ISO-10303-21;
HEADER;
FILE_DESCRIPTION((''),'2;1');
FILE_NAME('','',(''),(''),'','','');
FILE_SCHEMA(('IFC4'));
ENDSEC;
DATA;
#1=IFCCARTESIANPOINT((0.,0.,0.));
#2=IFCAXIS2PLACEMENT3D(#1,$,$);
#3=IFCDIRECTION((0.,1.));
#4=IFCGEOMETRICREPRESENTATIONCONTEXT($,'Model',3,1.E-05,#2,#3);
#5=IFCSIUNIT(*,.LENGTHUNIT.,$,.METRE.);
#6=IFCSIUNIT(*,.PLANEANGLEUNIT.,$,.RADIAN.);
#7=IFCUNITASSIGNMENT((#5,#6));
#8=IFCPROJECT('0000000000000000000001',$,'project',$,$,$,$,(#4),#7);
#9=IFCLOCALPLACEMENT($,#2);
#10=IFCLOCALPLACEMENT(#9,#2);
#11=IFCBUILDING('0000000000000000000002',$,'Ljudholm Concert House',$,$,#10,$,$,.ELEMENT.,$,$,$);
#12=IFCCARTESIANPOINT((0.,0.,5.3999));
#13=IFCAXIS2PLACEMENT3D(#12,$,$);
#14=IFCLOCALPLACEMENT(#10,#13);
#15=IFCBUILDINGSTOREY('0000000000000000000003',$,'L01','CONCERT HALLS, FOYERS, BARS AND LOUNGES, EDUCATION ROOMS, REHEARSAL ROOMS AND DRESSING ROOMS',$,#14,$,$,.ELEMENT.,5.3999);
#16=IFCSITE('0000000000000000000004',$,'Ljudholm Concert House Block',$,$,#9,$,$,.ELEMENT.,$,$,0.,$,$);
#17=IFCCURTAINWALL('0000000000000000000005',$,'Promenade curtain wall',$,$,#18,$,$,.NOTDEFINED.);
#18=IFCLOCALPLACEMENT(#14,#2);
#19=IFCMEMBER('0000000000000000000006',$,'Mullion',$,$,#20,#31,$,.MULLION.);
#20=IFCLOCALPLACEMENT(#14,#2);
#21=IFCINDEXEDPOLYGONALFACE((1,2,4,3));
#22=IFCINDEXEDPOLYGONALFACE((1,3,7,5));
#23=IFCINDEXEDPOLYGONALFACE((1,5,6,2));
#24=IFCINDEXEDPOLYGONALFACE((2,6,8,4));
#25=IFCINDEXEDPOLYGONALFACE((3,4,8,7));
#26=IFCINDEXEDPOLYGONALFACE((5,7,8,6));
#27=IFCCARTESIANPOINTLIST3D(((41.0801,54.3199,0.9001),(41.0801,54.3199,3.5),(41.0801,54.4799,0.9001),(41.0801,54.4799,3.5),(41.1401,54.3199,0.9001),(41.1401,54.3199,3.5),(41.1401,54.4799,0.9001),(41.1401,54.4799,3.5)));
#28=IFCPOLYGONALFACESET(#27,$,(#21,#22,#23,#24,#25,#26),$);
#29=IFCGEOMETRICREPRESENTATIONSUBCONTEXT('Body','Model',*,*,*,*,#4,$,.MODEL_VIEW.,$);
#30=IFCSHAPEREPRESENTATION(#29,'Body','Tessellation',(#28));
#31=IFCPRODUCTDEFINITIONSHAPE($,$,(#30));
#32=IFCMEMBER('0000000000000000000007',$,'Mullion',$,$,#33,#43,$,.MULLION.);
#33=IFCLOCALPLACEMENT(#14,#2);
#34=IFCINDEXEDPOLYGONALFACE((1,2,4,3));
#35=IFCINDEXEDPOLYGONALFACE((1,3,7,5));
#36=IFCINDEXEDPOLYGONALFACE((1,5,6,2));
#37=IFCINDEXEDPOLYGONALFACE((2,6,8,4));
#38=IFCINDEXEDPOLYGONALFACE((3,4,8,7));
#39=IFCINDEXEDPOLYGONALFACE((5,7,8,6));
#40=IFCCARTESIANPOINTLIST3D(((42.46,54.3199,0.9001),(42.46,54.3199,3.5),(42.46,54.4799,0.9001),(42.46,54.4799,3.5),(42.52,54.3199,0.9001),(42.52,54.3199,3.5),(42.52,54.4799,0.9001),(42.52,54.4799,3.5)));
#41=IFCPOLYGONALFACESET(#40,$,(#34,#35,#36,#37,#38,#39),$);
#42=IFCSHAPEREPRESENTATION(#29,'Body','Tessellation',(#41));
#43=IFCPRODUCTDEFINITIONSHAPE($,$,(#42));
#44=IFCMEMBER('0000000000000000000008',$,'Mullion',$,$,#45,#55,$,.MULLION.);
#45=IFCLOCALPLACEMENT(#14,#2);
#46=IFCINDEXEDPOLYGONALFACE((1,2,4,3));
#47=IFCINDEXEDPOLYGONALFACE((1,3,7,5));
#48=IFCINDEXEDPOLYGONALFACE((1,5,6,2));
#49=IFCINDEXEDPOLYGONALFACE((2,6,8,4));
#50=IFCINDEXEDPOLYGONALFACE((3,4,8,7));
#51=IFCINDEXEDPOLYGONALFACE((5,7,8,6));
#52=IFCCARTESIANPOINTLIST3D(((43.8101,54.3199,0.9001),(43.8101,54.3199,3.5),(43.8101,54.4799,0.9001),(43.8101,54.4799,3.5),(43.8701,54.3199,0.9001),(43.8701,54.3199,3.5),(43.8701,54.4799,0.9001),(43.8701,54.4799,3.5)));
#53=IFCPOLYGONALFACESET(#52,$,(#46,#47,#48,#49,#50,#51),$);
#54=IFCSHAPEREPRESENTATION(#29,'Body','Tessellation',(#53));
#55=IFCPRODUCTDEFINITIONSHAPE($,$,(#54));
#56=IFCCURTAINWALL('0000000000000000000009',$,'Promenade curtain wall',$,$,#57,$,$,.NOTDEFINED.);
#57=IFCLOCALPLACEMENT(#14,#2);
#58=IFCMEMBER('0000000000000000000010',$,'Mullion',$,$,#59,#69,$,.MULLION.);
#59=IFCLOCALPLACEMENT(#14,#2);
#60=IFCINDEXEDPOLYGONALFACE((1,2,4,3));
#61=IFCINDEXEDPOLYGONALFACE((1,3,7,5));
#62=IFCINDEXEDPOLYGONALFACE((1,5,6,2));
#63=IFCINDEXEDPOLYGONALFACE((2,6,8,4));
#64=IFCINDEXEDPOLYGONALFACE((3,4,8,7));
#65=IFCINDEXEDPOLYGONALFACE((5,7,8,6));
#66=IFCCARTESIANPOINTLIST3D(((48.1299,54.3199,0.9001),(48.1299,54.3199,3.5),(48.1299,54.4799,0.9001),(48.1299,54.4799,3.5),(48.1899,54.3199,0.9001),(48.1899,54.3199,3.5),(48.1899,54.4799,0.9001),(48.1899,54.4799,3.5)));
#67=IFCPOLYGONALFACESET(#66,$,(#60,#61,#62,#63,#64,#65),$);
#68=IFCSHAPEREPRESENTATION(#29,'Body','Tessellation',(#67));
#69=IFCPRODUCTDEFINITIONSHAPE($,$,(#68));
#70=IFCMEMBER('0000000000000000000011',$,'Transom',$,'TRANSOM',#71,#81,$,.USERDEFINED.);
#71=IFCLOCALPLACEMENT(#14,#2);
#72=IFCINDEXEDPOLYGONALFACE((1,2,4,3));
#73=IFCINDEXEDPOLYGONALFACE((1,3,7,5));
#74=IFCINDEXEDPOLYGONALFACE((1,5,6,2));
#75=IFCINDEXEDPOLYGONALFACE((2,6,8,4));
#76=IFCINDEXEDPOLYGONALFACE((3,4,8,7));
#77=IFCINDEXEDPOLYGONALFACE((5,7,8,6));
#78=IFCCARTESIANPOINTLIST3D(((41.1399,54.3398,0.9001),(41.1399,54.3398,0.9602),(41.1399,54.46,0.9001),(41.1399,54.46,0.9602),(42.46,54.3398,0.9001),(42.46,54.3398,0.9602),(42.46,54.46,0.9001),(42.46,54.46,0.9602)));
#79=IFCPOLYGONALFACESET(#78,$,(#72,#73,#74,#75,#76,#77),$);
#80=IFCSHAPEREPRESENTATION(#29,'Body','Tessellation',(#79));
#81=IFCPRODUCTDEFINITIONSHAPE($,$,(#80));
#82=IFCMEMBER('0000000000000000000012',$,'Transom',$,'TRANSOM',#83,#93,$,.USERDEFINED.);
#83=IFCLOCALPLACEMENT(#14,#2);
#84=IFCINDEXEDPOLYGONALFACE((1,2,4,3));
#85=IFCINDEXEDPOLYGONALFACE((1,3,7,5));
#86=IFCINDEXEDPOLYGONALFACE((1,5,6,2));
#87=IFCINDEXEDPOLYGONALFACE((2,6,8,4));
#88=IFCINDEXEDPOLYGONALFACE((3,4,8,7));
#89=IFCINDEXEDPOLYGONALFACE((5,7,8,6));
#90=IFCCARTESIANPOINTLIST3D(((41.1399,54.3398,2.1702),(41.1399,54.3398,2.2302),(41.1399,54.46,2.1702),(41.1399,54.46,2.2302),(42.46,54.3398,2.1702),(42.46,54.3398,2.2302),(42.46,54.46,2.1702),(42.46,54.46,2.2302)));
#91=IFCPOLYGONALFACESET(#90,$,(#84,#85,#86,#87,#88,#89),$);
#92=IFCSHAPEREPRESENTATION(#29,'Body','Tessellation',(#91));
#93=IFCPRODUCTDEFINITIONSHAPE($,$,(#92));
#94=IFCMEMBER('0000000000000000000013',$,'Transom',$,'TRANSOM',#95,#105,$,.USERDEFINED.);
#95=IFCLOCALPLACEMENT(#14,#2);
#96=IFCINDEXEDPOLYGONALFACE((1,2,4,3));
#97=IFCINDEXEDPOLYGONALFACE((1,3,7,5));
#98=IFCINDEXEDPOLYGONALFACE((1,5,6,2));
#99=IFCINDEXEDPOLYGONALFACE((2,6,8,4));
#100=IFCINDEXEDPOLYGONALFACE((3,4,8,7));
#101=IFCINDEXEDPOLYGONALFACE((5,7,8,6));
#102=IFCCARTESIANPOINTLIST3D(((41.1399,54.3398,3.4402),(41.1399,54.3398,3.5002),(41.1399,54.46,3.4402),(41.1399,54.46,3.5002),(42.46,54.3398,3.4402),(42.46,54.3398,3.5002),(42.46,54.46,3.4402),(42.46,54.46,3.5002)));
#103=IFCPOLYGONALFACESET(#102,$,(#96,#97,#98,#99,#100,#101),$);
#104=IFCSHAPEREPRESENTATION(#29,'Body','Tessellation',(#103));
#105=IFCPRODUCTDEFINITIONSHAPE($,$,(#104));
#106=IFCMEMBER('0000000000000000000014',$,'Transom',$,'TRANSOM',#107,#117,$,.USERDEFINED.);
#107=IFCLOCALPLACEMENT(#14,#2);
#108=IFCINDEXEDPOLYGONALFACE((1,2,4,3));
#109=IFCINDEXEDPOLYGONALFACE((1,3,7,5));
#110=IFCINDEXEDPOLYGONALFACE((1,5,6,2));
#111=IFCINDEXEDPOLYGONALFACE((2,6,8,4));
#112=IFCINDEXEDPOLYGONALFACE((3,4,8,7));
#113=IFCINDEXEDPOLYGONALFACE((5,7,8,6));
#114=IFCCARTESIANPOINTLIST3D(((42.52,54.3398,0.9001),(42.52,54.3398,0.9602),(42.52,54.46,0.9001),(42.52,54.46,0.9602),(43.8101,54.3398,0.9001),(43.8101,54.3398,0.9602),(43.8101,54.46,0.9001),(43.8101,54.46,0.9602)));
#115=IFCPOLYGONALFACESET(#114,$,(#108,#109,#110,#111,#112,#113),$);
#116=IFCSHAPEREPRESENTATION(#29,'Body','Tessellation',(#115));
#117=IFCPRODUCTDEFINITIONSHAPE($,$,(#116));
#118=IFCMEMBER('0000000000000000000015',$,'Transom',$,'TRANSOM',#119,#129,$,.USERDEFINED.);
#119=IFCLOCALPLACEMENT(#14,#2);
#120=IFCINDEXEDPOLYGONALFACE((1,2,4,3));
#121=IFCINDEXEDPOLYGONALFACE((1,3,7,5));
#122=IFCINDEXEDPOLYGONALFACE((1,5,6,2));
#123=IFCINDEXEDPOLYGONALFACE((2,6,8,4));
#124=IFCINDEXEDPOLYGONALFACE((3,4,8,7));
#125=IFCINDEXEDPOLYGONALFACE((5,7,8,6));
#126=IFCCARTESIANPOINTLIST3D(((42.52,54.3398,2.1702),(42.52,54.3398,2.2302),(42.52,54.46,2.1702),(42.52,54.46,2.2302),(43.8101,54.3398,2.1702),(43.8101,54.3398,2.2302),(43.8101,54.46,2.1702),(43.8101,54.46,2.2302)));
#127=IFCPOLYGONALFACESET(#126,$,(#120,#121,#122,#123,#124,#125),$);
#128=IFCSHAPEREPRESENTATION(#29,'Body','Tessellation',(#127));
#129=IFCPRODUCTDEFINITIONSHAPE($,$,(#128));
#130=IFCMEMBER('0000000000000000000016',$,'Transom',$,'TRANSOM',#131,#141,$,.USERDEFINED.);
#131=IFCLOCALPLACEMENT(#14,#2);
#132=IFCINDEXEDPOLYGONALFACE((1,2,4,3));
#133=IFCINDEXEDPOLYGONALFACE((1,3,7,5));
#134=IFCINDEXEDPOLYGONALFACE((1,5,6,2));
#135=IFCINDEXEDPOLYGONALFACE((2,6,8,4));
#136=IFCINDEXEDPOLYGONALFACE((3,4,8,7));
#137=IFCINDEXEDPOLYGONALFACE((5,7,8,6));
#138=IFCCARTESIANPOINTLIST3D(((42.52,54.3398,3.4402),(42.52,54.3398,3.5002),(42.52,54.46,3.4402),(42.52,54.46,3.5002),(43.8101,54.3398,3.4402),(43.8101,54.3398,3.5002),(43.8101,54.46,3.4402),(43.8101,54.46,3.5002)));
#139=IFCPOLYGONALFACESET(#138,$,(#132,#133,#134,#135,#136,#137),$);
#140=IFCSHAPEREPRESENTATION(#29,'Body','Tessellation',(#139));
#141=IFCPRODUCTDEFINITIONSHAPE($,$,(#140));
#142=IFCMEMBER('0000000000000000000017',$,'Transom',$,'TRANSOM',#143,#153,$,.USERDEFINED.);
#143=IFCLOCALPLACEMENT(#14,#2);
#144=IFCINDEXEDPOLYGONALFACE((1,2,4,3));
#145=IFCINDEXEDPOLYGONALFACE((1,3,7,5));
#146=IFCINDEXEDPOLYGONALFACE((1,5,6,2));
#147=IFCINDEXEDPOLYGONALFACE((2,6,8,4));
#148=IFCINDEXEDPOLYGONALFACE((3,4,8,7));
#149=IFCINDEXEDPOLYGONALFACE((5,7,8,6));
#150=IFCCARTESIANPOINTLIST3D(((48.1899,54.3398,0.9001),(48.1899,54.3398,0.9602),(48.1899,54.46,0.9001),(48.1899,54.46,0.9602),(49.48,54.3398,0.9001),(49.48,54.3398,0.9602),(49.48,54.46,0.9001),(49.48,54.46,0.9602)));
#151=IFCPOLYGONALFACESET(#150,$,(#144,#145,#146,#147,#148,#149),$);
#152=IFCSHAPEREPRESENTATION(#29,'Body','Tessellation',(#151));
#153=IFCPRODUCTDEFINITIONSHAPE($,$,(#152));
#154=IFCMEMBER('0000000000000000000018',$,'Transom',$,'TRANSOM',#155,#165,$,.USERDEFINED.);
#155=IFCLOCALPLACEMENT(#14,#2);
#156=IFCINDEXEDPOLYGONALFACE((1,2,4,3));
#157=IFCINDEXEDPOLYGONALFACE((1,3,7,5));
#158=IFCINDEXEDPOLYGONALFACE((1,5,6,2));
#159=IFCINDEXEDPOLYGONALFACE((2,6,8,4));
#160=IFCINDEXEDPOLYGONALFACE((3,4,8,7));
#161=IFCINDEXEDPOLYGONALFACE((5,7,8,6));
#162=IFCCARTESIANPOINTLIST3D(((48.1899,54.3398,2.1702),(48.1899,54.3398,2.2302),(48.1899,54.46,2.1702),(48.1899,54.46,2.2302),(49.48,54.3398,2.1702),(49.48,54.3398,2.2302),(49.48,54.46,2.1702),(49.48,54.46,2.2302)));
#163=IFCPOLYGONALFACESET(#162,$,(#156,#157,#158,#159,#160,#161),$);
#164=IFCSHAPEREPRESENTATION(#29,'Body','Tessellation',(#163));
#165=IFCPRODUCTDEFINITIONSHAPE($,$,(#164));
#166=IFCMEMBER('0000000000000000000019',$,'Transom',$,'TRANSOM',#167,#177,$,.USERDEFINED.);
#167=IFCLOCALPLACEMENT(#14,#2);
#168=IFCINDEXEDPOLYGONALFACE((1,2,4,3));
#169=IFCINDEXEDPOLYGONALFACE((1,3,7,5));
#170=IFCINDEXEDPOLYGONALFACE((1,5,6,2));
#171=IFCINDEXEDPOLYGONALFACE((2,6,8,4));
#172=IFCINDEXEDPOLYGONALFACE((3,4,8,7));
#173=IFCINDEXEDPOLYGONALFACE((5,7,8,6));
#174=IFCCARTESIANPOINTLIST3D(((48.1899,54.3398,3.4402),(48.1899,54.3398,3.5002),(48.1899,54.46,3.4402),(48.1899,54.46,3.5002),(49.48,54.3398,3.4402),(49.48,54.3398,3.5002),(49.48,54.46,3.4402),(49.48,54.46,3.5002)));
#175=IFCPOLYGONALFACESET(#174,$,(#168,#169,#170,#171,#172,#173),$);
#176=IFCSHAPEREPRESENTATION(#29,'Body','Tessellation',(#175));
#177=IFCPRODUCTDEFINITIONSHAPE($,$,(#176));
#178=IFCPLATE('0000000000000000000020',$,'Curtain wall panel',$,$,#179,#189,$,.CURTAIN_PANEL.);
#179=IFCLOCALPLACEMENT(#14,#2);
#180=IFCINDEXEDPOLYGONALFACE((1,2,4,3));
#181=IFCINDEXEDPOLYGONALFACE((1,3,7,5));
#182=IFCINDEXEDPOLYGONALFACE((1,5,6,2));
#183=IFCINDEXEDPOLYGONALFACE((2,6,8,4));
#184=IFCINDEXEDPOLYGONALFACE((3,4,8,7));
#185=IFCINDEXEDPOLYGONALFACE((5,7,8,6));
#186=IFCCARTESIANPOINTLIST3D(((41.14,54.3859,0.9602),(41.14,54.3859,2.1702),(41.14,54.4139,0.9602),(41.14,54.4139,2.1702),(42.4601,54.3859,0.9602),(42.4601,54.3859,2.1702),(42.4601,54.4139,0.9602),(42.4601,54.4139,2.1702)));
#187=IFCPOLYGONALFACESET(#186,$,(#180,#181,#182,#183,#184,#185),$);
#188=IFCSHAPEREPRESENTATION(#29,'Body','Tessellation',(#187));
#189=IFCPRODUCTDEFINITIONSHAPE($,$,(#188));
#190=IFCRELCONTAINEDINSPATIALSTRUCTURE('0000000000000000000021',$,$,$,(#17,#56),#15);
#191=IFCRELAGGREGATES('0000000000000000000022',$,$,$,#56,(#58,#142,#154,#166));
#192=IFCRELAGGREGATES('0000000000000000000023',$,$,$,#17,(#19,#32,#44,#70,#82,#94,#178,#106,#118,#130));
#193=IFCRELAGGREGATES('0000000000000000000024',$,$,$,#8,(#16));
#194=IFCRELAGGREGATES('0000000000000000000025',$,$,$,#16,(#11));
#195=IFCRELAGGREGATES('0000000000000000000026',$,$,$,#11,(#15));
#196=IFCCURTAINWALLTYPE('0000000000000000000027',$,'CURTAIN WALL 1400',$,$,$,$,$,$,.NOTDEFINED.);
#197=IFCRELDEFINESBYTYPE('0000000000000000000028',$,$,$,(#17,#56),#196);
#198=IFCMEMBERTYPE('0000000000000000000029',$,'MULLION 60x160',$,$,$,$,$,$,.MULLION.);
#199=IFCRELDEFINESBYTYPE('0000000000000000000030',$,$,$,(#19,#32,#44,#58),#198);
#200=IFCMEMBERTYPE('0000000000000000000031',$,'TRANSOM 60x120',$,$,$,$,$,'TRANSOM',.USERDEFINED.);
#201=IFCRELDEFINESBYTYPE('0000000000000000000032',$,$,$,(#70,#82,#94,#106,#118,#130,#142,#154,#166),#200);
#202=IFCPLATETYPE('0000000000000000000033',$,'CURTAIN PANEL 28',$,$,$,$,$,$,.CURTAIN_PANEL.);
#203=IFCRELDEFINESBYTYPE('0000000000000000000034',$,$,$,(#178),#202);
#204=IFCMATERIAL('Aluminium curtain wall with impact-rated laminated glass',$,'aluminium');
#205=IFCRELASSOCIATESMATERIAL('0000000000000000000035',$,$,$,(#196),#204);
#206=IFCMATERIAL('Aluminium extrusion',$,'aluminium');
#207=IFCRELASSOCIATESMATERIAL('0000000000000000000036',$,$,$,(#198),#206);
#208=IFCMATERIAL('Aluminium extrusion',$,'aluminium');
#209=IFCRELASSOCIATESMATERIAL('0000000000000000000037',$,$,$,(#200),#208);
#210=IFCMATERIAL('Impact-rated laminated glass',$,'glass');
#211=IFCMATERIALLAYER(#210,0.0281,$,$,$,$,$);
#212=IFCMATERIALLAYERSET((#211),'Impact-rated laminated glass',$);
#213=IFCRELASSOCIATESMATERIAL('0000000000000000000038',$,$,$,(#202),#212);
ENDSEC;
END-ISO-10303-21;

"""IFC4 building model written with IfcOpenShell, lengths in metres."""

from ifc_helpers import new_model, si_unit, direction, frame, origin, origin_2d, place, context, subcontext, project, spatial, rectangle, extrude, material, layer, layer_set, material_profile, profile_set, type_object, element, aggregate, save


model = new_model("IFC4")

# Units and contexts
model_context = context("Model", 3, precision=1e-05, world=origin(), true_north=direction((0.0, 1.0)))
body_context = subcontext(model_context, "Body", "Model", "MODEL_VIEW")
ifc_project = project(units=[si_unit("LENGTHUNIT", "METRE"), si_unit("PLANEANGLEUNIT", "RADIAN")], contexts=[model_context])

# Site, building, storey
site_placement = place(None, origin())
site = spatial("IfcSite", under=ifc_project, at=site_placement, Name="Ljudholm Concert House Block", CompositionType="ELEMENT", RefElevation=0.0)
building_placement = place(site_placement, origin())
building = spatial("IfcBuilding", under=site, at=building_placement, Name="Ljudholm Concert House", CompositionType="ELEMENT")
storey_placement = place(building_placement, frame((0.0, 0.0, 5.3999)))
storey = spatial("IfcBuildingStorey", under=building, at=storey_placement, Name="L01", Description="CONCERT HALLS, FOYERS, BARS AND LOUNGES, EDUCATION ROOMS, REHEARSAL ROOMS AND DRESSING ROOMS", CompositionType="ELEMENT", Elevation=5.3999)

# Curtain wall, members
ifc_material_1 = material(Name="Aluminium curtain wall with impact-rated laminated glass", Category="aluminium")
curtain_wall_type = type_object("IfcCurtainWallType", Name="CURTAIN WALL 1400", PredefinedType="NOTDEFINED", material=ifc_material_1)
curtain_wall_1_placement = place(storey_placement, origin())
curtain_wall_1 = element("IfcCurtainWall", 1, at=curtain_wall_1_placement, inside=storey, type_object=curtain_wall_type, Name="Promenade curtain wall", PredefinedType="NOTDEFINED")
ifc_material_2 = material(Name="Aluminium extrusion", Category="aluminium")
ifc_material_profile_1 = material_profile(ifc_material_2, rectangle(XDim=0.1599, YDim=0.0601, at=origin_2d()), Name="MULLION 60x160")
ifc_profile_set_1 = profile_set([ifc_material_profile_1], Name="Aluminium extrusion")
member_type_1 = type_object("IfcMemberType", Name="MULLION 60x160", PredefinedType="MULLION", material=ifc_profile_set_1)
member_1_placement = place(storey_placement, frame((41.1101, 54.3999, 0.9001), z_axis=(0.0, 0.0, 1.0), x_axis=(0.0, 1.0, 0.0)))
member_1 = element("IfcMember", 2, at=member_1_placement, type_object=member_type_1, Name="Mullion", PredefinedType="MULLION", context=body_context, shape_type="SweptSolid", body=[
    extrude(rectangle(XDim=0.1599, YDim=0.0601, at=origin_2d()), origin(), (0.0, 0.0, 1.0), 2.5999),
])
member_2_placement = place(storey_placement, frame((42.49, 54.3999, 0.9001), z_axis=(0.0, 0.0, 1.0), x_axis=(0.0, 1.0, 0.0)))
member_2 = element("IfcMember", 3, at=member_2_placement, type_object=member_type_1, Name="Mullion", PredefinedType="MULLION", context=body_context, shape_type="SweptSolid", body=[
    extrude(rectangle(XDim=0.1599, YDim=0.0601, at=origin_2d()), origin(), (0.0, 0.0, 1.0), 2.5999),
])
member_3_placement = place(storey_placement, frame((43.8401, 54.3999, 0.9001), z_axis=(0.0, 0.0, 1.0), x_axis=(0.0, 1.0, 0.0)))
member_3 = element("IfcMember", 4, at=member_3_placement, type_object=member_type_1, Name="Mullion", PredefinedType="MULLION", context=body_context, shape_type="SweptSolid", body=[
    extrude(rectangle(XDim=0.1599, YDim=0.0601, at=origin_2d()), origin(), (0.0, 0.0, 1.0), 2.5999),
])

# Curtain wall, member
curtain_wall_2_placement = place(storey_placement, origin())
curtain_wall_2 = element("IfcCurtainWall", 5, at=curtain_wall_2_placement, inside=storey, type_object=curtain_wall_type, Name="Promenade curtain wall", PredefinedType="NOTDEFINED")
member_4_placement = place(storey_placement, frame((48.1599, 54.3999, 0.9001), z_axis=(0.0, 0.0, 1.0), x_axis=(0.0, 1.0, 0.0)))
member_4 = element("IfcMember", 6, at=member_4_placement, type_object=member_type_1, Name="Mullion", PredefinedType="MULLION", context=body_context, shape_type="SweptSolid", body=[
    extrude(rectangle(XDim=0.1599, YDim=0.0601, at=origin_2d()), origin(), (0.0, 0.0, 1.0), 2.5999),
])

# Members
ifc_material_3 = material(Name="Aluminium extrusion", Category="aluminium")
ifc_material_profile_2 = material_profile(ifc_material_3, rectangle(XDim=0.1201, YDim=0.0601, at=origin_2d()), Name="TRANSOM 60x120")
ifc_profile_set_2 = profile_set([ifc_material_profile_2], Name="Aluminium extrusion")
member_type_2 = type_object("IfcMemberType", Name="TRANSOM 60x120", ElementType="TRANSOM", PredefinedType="USERDEFINED", material=ifc_profile_set_2)
member_5_placement = place(storey_placement, frame((41.1399, 54.3999, 0.9302), z_axis=(1.0, 0.0, 0.0), x_axis=(0.0, 1.0, 0.0)))
member_5 = element("IfcMember", 7, at=member_5_placement, type_object=member_type_2, Name="Transom", ObjectType="TRANSOM", PredefinedType="USERDEFINED", context=body_context, shape_type="SweptSolid", body=[
    extrude(rectangle(XDim=0.1201, YDim=0.0601, at=origin_2d()), origin(), (0.0, 0.0, 1.0), 1.3201),
])
member_6_placement = place(storey_placement, frame((41.1399, 54.3999, 2.2002), z_axis=(1.0, 0.0, 0.0), x_axis=(0.0, 1.0, 0.0)))
member_6 = element("IfcMember", 8, at=member_6_placement, type_object=member_type_2, Name="Transom", ObjectType="TRANSOM", PredefinedType="USERDEFINED", context=body_context, shape_type="SweptSolid", body=[
    extrude(rectangle(XDim=0.1201, YDim=0.0601, at=origin_2d()), origin(), (0.0, 0.0, 1.0), 1.3201),
])
member_7_placement = place(storey_placement, frame((41.1399, 54.3999, 3.4702), z_axis=(1.0, 0.0, 0.0), x_axis=(0.0, 1.0, 0.0)))
member_7 = element("IfcMember", 9, at=member_7_placement, type_object=member_type_2, Name="Transom", ObjectType="TRANSOM", PredefinedType="USERDEFINED", context=body_context, shape_type="SweptSolid", body=[
    extrude(rectangle(XDim=0.1201, YDim=0.0601, at=origin_2d()), origin(), (0.0, 0.0, 1.0), 1.3201),
])
member_8_placement = place(storey_placement, frame((42.52, 54.3999, 0.9302), z_axis=(1.0, 0.0, 0.0), x_axis=(0.0, 1.0, 0.0)))
member_8 = element("IfcMember", 10, at=member_8_placement, type_object=member_type_2, Name="Transom", ObjectType="TRANSOM", PredefinedType="USERDEFINED", context=body_context, shape_type="SweptSolid", body=[
    extrude(rectangle(XDim=0.1201, YDim=0.0601, at=origin_2d()), origin(), (0.0, 0.0, 1.0), 1.29),
])
member_9_placement = place(storey_placement, frame((42.52, 54.3999, 2.2002), z_axis=(1.0, 0.0, 0.0), x_axis=(0.0, 1.0, 0.0)))
member_9 = element("IfcMember", 11, at=member_9_placement, type_object=member_type_2, Name="Transom", ObjectType="TRANSOM", PredefinedType="USERDEFINED", context=body_context, shape_type="SweptSolid", body=[
    extrude(rectangle(XDim=0.1201, YDim=0.0601, at=origin_2d()), origin(), (0.0, 0.0, 1.0), 1.29),
])
member_10_placement = place(storey_placement, frame((42.52, 54.3999, 3.4702), z_axis=(1.0, 0.0, 0.0), x_axis=(0.0, 1.0, 0.0)))
member_10 = element("IfcMember", 12, at=member_10_placement, type_object=member_type_2, Name="Transom", ObjectType="TRANSOM", PredefinedType="USERDEFINED", context=body_context, shape_type="SweptSolid", body=[
    extrude(rectangle(XDim=0.1201, YDim=0.0601, at=origin_2d()), origin(), (0.0, 0.0, 1.0), 1.29),
])
member_11_placement = place(storey_placement, frame((48.1899, 54.3999, 0.9302), z_axis=(1.0, 0.0, 0.0), x_axis=(0.0, 1.0, 0.0)))
member_11 = element("IfcMember", 13, at=member_11_placement, type_object=member_type_2, Name="Transom", ObjectType="TRANSOM", PredefinedType="USERDEFINED", context=body_context, shape_type="SweptSolid", body=[
    extrude(rectangle(XDim=0.1201, YDim=0.0601, at=origin_2d()), origin(), (0.0, 0.0, 1.0), 1.29),
])
member_12_placement = place(storey_placement, frame((48.1899, 54.3999, 2.2002), z_axis=(1.0, 0.0, 0.0), x_axis=(0.0, 1.0, 0.0)))
member_12 = element("IfcMember", 14, at=member_12_placement, type_object=member_type_2, Name="Transom", ObjectType="TRANSOM", PredefinedType="USERDEFINED", context=body_context, shape_type="SweptSolid", body=[
    extrude(rectangle(XDim=0.1201, YDim=0.0601, at=origin_2d()), origin(), (0.0, 0.0, 1.0), 1.29),
])
member_13_placement = place(storey_placement, frame((48.1899, 54.3999, 3.4702), z_axis=(1.0, 0.0, 0.0), x_axis=(0.0, 1.0, 0.0)))
member_13 = element("IfcMember", 15, at=member_13_placement, type_object=member_type_2, Name="Transom", ObjectType="TRANSOM", PredefinedType="USERDEFINED", context=body_context, shape_type="SweptSolid", body=[
    extrude(rectangle(XDim=0.1201, YDim=0.0601, at=origin_2d()), origin(), (0.0, 0.0, 1.0), 1.29),
])
aggregate(curtain_wall_2, [member_4, member_11, member_12, member_13])

# Plate
ifc_material_4 = material(Name="Impact-rated laminated glass", Category="glass")
ifc_layer_1 = layer(ifc_material_4, 0.0281)
ifc_layer_set_1 = layer_set([ifc_layer_1], Name="Impact-rated laminated glass")
plate_type = type_object("IfcPlateType", Name="CURTAIN PANEL 28", PredefinedType="CURTAIN_PANEL", material=ifc_layer_set_1)
plate_1_placement = place(storey_placement, frame((41.8, 54.3999, 0.9602), z_axis=(0.0, 0.0, 1.0), x_axis=(1.0, 0.0, 0.0)))
plate_1 = element("IfcPlate", 16, at=plate_1_placement, type_object=plate_type, Name="Curtain wall panel", PredefinedType="CURTAIN_PANEL", context=body_context, shape_type="SweptSolid", body=[
    extrude(rectangle(XDim=1.3201, YDim=0.0281, at=origin_2d()), origin(), (0.0, 0.0, 1.0), 1.21),
])
aggregate(curtain_wall_1, [member_1, member_2, member_3, member_5, member_6, member_7, plate_1, member_8, member_9, member_10])

save(model, "model.ifc")
